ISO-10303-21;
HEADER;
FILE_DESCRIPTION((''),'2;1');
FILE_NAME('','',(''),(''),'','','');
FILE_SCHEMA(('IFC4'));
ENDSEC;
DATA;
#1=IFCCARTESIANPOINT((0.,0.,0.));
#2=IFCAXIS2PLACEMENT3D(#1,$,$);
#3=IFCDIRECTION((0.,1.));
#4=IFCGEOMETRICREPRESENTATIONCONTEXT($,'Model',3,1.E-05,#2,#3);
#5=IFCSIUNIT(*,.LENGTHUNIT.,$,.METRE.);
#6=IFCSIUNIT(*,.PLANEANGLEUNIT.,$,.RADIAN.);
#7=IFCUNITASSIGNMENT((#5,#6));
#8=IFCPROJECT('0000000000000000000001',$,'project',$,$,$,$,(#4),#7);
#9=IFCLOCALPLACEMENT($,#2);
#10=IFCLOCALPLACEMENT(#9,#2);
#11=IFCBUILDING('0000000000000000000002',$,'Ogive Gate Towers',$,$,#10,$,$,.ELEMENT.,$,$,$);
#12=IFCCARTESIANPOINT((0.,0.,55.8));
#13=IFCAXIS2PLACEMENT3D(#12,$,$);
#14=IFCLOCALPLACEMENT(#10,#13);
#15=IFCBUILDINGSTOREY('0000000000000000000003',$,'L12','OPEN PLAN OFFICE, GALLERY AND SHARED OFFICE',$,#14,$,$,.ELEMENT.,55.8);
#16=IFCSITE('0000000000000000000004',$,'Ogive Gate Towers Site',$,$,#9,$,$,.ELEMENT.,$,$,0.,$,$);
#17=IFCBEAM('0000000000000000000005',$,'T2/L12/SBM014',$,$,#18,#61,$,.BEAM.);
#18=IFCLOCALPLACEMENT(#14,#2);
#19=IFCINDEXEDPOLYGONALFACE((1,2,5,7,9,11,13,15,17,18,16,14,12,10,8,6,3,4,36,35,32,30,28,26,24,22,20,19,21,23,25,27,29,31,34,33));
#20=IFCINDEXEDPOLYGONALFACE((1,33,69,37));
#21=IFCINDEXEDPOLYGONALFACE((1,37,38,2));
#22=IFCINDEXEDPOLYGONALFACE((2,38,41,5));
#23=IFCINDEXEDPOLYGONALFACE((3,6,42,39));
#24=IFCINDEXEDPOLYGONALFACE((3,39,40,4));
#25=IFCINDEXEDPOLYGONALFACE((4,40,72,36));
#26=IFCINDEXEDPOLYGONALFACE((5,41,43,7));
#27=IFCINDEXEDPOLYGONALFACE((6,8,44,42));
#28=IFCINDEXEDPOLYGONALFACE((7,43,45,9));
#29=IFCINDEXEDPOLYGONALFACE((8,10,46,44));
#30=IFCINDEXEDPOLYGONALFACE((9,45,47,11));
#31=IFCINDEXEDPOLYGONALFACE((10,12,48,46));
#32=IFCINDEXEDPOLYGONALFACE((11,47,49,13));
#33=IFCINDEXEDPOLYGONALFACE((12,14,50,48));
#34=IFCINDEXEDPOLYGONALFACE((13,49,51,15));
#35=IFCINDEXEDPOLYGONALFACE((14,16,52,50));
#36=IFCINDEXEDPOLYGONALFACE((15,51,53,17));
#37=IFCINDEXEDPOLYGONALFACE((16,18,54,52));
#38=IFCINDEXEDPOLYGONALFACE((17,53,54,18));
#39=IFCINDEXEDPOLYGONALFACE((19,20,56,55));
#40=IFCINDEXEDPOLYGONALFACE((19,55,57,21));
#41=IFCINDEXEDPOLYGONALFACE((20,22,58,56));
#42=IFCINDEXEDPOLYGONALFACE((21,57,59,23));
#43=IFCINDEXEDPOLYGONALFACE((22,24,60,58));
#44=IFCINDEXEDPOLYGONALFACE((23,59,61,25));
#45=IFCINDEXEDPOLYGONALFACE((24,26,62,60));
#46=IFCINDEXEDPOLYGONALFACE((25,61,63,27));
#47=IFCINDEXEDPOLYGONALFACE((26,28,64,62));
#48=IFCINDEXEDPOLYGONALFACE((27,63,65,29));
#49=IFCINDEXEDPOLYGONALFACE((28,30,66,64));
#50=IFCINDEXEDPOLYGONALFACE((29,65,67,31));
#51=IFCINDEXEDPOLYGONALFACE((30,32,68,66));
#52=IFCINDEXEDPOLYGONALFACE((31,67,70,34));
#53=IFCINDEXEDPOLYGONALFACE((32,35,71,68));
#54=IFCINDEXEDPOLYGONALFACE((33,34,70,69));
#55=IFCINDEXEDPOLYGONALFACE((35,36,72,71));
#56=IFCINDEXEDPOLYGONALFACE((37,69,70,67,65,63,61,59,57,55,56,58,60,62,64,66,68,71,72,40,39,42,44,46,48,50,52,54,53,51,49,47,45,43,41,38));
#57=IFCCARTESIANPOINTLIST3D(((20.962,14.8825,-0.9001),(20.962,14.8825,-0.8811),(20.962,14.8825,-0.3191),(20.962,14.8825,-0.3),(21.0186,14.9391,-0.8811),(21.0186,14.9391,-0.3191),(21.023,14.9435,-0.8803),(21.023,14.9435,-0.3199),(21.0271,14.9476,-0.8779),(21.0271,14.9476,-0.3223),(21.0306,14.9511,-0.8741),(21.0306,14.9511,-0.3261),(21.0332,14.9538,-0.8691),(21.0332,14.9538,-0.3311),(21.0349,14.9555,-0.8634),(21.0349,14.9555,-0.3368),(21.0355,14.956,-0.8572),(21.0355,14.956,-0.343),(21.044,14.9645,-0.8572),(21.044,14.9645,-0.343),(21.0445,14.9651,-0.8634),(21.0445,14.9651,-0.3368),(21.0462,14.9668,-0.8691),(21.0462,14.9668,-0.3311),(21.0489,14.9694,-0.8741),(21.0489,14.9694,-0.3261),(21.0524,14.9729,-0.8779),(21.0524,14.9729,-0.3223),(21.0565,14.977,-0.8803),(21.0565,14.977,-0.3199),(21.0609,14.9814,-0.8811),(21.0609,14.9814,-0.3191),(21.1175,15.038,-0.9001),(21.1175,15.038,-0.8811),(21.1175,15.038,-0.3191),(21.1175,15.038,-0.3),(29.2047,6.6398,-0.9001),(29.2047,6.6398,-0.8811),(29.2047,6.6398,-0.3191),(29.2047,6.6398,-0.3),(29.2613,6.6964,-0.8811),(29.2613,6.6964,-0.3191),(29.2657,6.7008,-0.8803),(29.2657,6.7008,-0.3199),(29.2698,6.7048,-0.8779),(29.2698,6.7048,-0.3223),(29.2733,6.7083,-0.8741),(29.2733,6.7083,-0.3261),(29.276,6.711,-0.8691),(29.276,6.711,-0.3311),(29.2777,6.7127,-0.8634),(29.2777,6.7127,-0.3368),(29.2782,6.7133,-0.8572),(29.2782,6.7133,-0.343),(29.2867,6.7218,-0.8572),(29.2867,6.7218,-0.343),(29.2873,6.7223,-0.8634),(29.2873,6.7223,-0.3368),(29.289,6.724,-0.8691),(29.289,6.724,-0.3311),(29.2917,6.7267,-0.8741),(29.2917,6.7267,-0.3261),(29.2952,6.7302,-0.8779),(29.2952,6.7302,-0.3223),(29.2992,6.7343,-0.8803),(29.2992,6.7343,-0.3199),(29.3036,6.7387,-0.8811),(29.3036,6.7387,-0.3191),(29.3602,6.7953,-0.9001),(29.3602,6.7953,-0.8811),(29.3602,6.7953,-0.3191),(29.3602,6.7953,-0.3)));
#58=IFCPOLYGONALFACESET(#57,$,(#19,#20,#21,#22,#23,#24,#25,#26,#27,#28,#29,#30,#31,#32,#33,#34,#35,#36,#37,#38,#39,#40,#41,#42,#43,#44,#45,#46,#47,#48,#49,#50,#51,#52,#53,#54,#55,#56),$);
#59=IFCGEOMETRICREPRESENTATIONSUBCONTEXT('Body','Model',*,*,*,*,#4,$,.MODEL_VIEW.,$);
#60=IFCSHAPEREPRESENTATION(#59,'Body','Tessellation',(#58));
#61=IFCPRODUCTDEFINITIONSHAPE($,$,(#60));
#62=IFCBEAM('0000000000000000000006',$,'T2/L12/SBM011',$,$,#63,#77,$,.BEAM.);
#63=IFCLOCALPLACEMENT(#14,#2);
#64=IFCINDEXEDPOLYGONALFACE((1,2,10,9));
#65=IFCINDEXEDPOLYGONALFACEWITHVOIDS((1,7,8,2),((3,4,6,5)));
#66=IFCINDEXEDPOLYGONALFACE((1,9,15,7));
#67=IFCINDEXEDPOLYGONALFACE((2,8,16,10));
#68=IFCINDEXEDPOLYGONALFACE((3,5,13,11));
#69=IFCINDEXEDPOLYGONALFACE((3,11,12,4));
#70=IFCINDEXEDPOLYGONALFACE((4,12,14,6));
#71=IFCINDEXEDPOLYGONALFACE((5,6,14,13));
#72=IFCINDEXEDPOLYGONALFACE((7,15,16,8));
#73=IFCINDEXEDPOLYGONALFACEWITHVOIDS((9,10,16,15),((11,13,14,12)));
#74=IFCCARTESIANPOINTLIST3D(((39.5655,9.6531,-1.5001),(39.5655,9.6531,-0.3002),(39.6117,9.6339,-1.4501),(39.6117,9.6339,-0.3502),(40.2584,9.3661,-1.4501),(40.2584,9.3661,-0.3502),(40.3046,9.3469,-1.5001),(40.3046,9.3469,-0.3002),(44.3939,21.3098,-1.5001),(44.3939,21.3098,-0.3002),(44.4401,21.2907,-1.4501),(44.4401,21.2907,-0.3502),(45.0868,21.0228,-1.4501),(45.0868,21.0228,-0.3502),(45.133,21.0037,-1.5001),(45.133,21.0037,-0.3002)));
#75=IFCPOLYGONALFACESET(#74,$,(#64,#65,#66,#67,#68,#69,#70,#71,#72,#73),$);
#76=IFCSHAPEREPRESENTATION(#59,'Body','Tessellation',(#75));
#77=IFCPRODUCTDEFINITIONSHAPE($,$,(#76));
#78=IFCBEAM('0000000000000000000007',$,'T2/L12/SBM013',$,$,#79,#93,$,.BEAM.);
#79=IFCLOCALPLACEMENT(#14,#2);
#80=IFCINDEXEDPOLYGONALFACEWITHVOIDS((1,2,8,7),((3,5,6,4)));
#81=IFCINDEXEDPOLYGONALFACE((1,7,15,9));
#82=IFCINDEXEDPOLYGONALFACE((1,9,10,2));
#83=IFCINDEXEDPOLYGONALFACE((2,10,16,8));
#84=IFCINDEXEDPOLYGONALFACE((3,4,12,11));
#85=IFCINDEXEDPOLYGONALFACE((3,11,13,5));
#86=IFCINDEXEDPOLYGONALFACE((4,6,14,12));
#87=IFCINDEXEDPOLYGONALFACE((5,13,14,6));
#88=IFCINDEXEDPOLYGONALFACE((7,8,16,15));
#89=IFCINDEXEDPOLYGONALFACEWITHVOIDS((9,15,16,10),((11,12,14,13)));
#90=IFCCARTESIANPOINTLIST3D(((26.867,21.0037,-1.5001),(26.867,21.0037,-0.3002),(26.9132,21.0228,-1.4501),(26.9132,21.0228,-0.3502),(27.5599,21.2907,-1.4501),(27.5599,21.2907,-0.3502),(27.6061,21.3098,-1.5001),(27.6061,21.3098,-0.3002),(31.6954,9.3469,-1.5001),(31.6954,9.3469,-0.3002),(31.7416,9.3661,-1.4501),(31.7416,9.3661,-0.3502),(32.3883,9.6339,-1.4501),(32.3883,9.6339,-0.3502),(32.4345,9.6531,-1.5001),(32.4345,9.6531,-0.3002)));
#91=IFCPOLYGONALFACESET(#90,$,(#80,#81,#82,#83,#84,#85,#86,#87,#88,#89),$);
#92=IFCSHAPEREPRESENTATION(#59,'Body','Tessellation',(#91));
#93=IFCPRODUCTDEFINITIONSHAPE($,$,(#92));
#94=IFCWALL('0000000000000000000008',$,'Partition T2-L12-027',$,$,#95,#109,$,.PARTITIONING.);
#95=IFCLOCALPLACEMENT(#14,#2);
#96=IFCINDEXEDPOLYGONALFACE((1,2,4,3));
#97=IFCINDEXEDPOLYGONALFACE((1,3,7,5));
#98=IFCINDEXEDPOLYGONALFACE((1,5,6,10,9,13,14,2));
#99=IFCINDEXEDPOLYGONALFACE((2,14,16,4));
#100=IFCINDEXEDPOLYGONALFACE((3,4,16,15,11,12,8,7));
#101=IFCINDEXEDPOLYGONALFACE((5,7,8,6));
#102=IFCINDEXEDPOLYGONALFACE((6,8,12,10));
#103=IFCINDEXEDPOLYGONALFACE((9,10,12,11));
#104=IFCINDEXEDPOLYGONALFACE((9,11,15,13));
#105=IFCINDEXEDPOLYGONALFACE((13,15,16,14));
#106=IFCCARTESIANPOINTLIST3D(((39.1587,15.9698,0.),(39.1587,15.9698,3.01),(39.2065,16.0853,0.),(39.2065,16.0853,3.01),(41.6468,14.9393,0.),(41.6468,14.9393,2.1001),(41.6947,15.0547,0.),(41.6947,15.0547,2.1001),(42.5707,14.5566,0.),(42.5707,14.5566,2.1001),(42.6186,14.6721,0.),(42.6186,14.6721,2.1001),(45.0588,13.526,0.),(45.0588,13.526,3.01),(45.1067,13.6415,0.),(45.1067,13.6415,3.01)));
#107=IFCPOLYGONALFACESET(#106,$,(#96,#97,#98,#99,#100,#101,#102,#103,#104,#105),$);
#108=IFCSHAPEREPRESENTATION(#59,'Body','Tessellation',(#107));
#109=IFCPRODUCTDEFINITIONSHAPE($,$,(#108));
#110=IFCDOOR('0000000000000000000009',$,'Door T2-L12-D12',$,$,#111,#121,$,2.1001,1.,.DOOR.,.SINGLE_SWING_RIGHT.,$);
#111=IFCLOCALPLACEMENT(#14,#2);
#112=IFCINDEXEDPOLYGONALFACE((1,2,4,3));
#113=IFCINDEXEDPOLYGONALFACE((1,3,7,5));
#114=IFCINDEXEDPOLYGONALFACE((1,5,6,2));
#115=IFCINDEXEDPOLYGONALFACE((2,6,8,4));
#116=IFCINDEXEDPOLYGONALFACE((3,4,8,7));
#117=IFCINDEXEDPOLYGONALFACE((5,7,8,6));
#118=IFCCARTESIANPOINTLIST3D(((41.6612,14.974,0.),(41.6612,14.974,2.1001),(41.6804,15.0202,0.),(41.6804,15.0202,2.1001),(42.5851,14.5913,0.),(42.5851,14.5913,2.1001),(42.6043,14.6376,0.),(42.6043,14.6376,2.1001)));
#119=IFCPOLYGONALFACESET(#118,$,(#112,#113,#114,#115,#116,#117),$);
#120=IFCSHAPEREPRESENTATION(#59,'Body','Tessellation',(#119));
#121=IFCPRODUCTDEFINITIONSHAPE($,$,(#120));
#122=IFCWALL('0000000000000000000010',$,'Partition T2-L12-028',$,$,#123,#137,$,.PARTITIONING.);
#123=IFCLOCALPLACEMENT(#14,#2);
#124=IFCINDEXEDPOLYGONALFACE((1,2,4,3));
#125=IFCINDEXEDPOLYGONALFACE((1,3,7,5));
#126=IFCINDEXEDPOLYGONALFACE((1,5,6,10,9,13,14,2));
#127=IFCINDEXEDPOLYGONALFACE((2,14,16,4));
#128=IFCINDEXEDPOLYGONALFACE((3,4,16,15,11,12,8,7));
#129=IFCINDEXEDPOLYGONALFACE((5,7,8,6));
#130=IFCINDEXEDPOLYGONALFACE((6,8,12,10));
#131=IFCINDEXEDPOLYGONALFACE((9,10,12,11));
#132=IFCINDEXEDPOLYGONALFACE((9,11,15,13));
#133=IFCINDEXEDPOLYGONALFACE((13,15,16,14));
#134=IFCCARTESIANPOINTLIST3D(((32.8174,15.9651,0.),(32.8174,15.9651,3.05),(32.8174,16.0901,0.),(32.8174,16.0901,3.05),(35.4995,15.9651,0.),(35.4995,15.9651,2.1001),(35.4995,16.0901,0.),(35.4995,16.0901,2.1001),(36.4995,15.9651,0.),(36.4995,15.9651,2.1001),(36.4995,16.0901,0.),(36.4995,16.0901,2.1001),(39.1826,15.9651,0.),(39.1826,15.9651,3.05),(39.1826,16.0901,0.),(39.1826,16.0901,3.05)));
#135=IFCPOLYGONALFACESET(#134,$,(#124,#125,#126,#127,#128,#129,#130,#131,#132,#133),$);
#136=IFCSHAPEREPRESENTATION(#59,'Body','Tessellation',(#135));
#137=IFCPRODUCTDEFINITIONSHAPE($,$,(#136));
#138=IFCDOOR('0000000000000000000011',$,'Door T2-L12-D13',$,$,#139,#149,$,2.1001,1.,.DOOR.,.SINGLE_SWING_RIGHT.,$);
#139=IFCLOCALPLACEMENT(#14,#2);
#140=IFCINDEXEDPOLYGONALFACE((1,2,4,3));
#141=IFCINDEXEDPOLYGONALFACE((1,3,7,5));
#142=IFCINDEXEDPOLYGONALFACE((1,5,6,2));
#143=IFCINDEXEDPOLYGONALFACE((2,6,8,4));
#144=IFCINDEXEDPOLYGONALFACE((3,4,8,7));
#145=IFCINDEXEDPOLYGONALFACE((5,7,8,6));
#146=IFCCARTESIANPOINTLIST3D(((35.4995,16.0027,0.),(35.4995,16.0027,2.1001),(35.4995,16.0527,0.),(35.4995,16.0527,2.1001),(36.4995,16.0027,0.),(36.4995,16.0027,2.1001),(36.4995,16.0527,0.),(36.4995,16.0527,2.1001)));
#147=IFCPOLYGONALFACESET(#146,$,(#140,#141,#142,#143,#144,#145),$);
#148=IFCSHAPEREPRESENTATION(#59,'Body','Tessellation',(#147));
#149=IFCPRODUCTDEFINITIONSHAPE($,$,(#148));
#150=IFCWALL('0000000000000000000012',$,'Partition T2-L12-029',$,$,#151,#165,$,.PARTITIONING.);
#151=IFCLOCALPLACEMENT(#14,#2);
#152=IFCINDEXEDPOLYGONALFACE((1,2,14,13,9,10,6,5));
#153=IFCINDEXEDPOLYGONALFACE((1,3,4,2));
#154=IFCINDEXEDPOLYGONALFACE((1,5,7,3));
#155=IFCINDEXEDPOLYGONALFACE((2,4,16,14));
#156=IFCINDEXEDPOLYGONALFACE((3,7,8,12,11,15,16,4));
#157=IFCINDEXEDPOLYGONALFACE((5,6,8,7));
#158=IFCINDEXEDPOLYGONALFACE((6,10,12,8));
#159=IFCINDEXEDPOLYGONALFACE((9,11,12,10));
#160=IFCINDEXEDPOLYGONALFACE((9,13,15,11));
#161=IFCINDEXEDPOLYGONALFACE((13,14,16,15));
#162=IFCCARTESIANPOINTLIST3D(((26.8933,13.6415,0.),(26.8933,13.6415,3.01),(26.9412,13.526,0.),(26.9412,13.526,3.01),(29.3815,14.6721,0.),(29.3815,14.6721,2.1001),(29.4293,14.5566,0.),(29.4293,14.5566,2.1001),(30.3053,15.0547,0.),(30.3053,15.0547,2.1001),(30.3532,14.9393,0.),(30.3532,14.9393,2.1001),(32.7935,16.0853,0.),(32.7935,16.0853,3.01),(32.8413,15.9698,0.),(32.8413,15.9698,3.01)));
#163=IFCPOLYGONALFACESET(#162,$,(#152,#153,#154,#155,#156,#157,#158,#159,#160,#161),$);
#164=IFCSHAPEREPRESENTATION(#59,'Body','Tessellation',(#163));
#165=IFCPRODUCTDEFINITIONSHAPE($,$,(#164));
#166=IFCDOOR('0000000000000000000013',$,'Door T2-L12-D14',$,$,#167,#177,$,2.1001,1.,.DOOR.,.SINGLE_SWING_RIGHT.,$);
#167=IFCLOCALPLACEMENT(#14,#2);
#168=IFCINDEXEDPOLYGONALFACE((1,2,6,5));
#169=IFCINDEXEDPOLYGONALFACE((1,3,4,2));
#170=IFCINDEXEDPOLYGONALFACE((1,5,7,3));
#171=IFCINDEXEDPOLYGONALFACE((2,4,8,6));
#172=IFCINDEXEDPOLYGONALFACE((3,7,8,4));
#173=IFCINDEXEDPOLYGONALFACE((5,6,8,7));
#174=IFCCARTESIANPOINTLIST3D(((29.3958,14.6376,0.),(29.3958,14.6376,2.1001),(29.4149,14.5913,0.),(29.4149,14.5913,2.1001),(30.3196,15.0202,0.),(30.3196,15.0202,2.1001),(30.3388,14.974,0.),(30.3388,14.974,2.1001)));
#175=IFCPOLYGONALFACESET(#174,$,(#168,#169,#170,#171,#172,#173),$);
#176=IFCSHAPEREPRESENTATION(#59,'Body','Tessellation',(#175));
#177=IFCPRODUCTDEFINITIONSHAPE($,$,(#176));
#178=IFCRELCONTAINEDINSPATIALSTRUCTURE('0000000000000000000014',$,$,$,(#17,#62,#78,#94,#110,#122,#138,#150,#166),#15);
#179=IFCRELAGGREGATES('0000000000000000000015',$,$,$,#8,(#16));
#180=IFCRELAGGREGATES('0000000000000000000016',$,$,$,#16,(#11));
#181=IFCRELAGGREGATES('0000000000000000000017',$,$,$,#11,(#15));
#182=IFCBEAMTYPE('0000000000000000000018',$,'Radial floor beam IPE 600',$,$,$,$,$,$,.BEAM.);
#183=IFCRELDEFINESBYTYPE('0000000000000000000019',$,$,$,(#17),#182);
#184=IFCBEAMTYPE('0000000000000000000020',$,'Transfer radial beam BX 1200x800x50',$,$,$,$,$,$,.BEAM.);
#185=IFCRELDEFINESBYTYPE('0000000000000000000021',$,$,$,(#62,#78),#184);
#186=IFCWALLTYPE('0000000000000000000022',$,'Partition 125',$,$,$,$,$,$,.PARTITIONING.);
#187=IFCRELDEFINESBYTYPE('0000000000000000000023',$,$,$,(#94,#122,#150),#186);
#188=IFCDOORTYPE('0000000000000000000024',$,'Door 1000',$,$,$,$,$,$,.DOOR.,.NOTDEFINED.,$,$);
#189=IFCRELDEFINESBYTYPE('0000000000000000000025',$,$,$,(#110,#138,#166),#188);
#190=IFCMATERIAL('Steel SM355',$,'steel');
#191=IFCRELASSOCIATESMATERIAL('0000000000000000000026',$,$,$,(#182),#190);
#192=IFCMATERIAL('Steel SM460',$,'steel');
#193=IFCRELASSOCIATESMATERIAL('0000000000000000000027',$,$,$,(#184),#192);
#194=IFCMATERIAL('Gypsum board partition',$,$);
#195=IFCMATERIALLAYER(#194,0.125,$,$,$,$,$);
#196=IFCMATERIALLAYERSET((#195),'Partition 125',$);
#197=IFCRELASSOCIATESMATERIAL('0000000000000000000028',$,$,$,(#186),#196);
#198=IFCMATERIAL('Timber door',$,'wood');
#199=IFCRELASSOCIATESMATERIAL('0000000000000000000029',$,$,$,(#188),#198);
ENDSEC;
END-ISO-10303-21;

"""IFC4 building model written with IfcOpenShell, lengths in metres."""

from ifc_helpers import new_model, si_unit, direction, frame, frame_2d, origin, origin_2d, place, context, subcontext, project, spatial, rectangle, hollow_rectangle, i_section, extrude, material, layer, layer_set, material_profile, profile_set, type_object, element, fill, save


model = new_model("IFC4")

# Units and contexts
model_context = context("Model", 3, precision=1e-05, world=origin(), true_north=direction((0.0, 1.0)))
body_context = subcontext(model_context, "Body", "Model", "MODEL_VIEW")
ifc_project = project(units=[si_unit("LENGTHUNIT", "METRE"), si_unit("PLANEANGLEUNIT", "RADIAN")], contexts=[model_context])

# Site, building, storey
site_placement = place(None, origin())
site = spatial("IfcSite", under=ifc_project, at=site_placement, Name="Ogive Gate Towers Site", CompositionType="ELEMENT", RefElevation=0.0)
building_placement = place(site_placement, origin())
building = spatial("IfcBuilding", under=site, at=building_placement, Name="Ogive Gate Towers", CompositionType="ELEMENT")
storey_placement = place(building_placement, frame((0.0, 0.0, 55.8)))
storey = spatial("IfcBuildingStorey", under=building, at=storey_placement, Name="L12", Description="OPEN PLAN OFFICE, GALLERY AND SHARED OFFICE", CompositionType="ELEMENT", Elevation=55.8)

# Shared definitions
ifc_material_1 = material(Name="Steel SM460", Category="steel")

# Beams
ifc_material_2 = material(Name="Steel SM355", Category="steel")
ifc_material_profile_1 = material_profile(ifc_material_2, i_section(OverallWidth=0.22, OverallDepth=0.6001, WebThickness=0.012, FlangeThickness=0.019, FilletRadius=0.0239, at=origin_2d()), Name="IPE 600")
ifc_profile_set_1 = profile_set([ifc_material_profile_1], Name="Steel SM355")
beam_type_1 = type_object("IfcBeamType", Name="Radial floor beam IPE 600", PredefinedType="BEAM", material=ifc_profile_set_1)
for number, where, z_axis, x_axis, name in (
    (1, (29.2825, 6.7175, -0.6001), (-0.707107, 0.707107, 0.0), (-0.707107, -0.707107, 0.0), "T2/L12/SBM014"),
):
    element("IfcBeam", number, at=place(storey_placement, frame(where, z_axis=z_axis, x_axis=x_axis)), inside=storey, type_object=beam_type_1, Name=name, PredefinedType="BEAM", context=body_context, shape_type="SweptSolid", body=[
        extrude(i_section(OverallWidth=0.22, OverallDepth=0.6001, WebThickness=0.012, FlangeThickness=0.019, FilletRadius=0.0239, at=origin_2d()), origin(), (0.0, 0.0, 1.0), 11.657),
    ])
ifc_material_profile_2 = material_profile(ifc_material_1, hollow_rectangle(XDim=0.8, YDim=1.2, WallThickness=0.05, at=origin_2d()), Name="BX 1200x800x50")
ifc_profile_set_2 = profile_set([ifc_material_profile_2], Name="Steel SM460")
beam_type_2 = type_object("IfcBeamType", Name="Transfer radial beam BX 1200x800x50", PredefinedType="BEAM", material=ifc_profile_set_2)
for number, where, z_axis, x_axis, name in (
    (2, (39.9351, 9.5, -0.9001), (0.382683, 0.92388, 0.0), (-0.92388, 0.382683, 0.0), "T2/L12/SBM011"),
    (3, (32.0649, 9.5, -0.9001), (-0.382683, 0.92388, 0.0), (-0.92388, -0.382683, 0.0), "T2/L12/SBM013"),
):
    element("IfcBeam", number, at=place(storey_placement, frame(where, z_axis=z_axis, x_axis=x_axis)), inside=storey, type_object=beam_type_2, Name=name, PredefinedType="BEAM", context=body_context, shape_type="SweptSolid", body=[
        extrude(hollow_rectangle(XDim=0.8, YDim=1.2, WallThickness=0.05, at=origin_2d()), origin(), (0.0, 0.0, 1.0), 12.6172),
    ])

# Walls, openings, doors
ifc_material_3 = material(Name="Gypsum board partition")
ifc_layer_1 = layer(ifc_material_3, 0.125)
ifc_layer_set_1 = layer_set([ifc_layer_1], Name="Partition 125")
wall_type_1 = type_object("IfcWallType", Name="Partition 125", PredefinedType="PARTITIONING", material=ifc_layer_set_1)
wall_1_placement = place(storey_placement, frame((45.0828, 13.5837, 0.0), z_axis=(0.0, 0.0, 1.0), x_axis=(-0.923884, 0.382674, 0.0)))
wall_1 = element("IfcWall", 4, at=wall_1_placement, inside=storey, type_object=wall_type_1, Name="Partition T2-L12-027", PredefinedType="PARTITIONING", context=body_context, shape_type="SweptSolid", body=[
    extrude(rectangle(XDim=6.3862, YDim=0.125, at=frame_2d((3.1931, 0.0))), origin(), (0.0, 0.0, 1.0), 3.01),
])
opening_1_placement = place(wall_1_placement, frame((2.6931, 0.0, 0.0)))
opening_1 = element("IfcOpeningElement", 5, at=opening_1_placement, cuts=wall_1, PredefinedType="OPENING", context=body_context, shape_type="SweptSolid", body=[
    extrude(rectangle(XDim=1.0, YDim=2.1001, at=frame_2d((0.5, 1.05))), frame((0.0, 0.0725, 0.0), z_axis=(0.0, -1.0, 0.0), x_axis=(1.0, 0.0, 0.0)), (0.0, 0.0, 1.0), 0.145),
])
ifc_material_4 = material(Name="Timber door", Category="wood")
door_type_1 = type_object("IfcDoorType", Name="Door 1000", OperationType="NOTDEFINED", PredefinedType="DOOR", material=ifc_material_4)
door_1_placement = place(opening_1_placement, origin())
door_1 = element("IfcDoor", 6, at=door_1_placement, inside=storey, type_object=door_type_1, Name="Door T2-L12-D12", OperationType="SINGLE_SWING_RIGHT", OverallHeight=2.1001, OverallWidth=1.0, PredefinedType="DOOR", context=body_context, shape_type="SweptSolid", body=[
    extrude(rectangle(XDim=1.0, YDim=2.1001, at=frame_2d((0.5, 1.05))), frame((0.0, 0.0249, 0.0), z_axis=(0.0, -1.0, 0.0), x_axis=(1.0, 0.0, 0.0)), (0.0, 0.0, 1.0), 0.05),
])
fill(opening_1, door_1)
wall_2_placement = place(storey_placement, frame((39.1826, 16.0276, 0.0), z_axis=(0.0, 0.0, 1.0), x_axis=(-1.0, 0.0, 0.0)))
wall_2 = element("IfcWall", 7, at=wall_2_placement, inside=storey, type_object=wall_type_1, Name="Partition T2-L12-028", PredefinedType="PARTITIONING", context=body_context, shape_type="SweptSolid", body=[
    extrude(rectangle(XDim=6.3652, YDim=0.125, at=frame_2d((3.1826, 0.0))), origin(), (0.0, 0.0, 1.0), 3.05),
])
opening_2_placement = place(wall_2_placement, frame((2.6831, 0.0, 0.0)))
opening_2 = element("IfcOpeningElement", 8, at=opening_2_placement, cuts=wall_2, PredefinedType="OPENING", context=body_context, shape_type="SweptSolid", body=[
    extrude(rectangle(XDim=1.0, YDim=2.1001, at=frame_2d((0.5, 1.05))), frame((0.0, 0.0725, 0.0), z_axis=(0.0, -1.0, 0.0), x_axis=(1.0, 0.0, 0.0)), (0.0, 0.0, 1.0), 0.145),
])
door_2_placement = place(opening_2_placement, origin())
door_2 = element("IfcDoor", 9, at=door_2_placement, inside=storey, type_object=door_type_1, Name="Door T2-L12-D13", OperationType="SINGLE_SWING_RIGHT", OverallHeight=2.1001, OverallWidth=1.0, PredefinedType="DOOR", context=body_context, shape_type="SweptSolid", body=[
    extrude(rectangle(XDim=1.0, YDim=2.1001, at=frame_2d((0.5, 1.05))), frame((0.0, 0.0249, 0.0), z_axis=(0.0, -1.0, 0.0), x_axis=(1.0, 0.0, 0.0)), (0.0, 0.0, 1.0), 0.05),
])
fill(opening_2, door_2)
wall_3_placement = place(storey_placement, frame((32.8174, 16.0276, 0.0), z_axis=(0.0, 0.0, 1.0), x_axis=(-0.923884, -0.382674, 0.0)))
wall_3 = element("IfcWall", 10, at=wall_3_placement, inside=storey, type_object=wall_type_1, Name="Partition T2-L12-029", PredefinedType="PARTITIONING", context=body_context, shape_type="SweptSolid", body=[
    extrude(rectangle(XDim=6.3862, YDim=0.125, at=frame_2d((3.1931, 0.0))), origin(), (0.0, 0.0, 1.0), 3.01),
])
opening_3_placement = place(wall_3_placement, frame((2.6931, 0.0, 0.0)))
opening_3 = element("IfcOpeningElement", 11, at=opening_3_placement, cuts=wall_3, PredefinedType="OPENING", context=body_context, shape_type="SweptSolid", body=[
    extrude(rectangle(XDim=1.0, YDim=2.1001, at=frame_2d((0.5, 1.05))), frame((0.0, 0.0725, 0.0), z_axis=(0.0, -1.0, 0.0), x_axis=(1.0, 0.0, 0.0)), (0.0, 0.0, 1.0), 0.145),
])
door_3_placement = place(opening_3_placement, origin())
door_3 = element("IfcDoor", 12, at=door_3_placement, inside=storey, type_object=door_type_1, Name="Door T2-L12-D14", OperationType="SINGLE_SWING_RIGHT", OverallHeight=2.1001, OverallWidth=1.0, PredefinedType="DOOR", context=body_context, shape_type="SweptSolid", body=[
    extrude(rectangle(XDim=1.0, YDim=2.1001, at=frame_2d((0.5, 1.05))), frame((0.0, 0.0249, 0.0), z_axis=(0.0, -1.0, 0.0), x_axis=(1.0, 0.0, 0.0)), (0.0, 0.0, 1.0), 0.05),
])
fill(opening_3, door_3)

save(model, "model.ifc")
